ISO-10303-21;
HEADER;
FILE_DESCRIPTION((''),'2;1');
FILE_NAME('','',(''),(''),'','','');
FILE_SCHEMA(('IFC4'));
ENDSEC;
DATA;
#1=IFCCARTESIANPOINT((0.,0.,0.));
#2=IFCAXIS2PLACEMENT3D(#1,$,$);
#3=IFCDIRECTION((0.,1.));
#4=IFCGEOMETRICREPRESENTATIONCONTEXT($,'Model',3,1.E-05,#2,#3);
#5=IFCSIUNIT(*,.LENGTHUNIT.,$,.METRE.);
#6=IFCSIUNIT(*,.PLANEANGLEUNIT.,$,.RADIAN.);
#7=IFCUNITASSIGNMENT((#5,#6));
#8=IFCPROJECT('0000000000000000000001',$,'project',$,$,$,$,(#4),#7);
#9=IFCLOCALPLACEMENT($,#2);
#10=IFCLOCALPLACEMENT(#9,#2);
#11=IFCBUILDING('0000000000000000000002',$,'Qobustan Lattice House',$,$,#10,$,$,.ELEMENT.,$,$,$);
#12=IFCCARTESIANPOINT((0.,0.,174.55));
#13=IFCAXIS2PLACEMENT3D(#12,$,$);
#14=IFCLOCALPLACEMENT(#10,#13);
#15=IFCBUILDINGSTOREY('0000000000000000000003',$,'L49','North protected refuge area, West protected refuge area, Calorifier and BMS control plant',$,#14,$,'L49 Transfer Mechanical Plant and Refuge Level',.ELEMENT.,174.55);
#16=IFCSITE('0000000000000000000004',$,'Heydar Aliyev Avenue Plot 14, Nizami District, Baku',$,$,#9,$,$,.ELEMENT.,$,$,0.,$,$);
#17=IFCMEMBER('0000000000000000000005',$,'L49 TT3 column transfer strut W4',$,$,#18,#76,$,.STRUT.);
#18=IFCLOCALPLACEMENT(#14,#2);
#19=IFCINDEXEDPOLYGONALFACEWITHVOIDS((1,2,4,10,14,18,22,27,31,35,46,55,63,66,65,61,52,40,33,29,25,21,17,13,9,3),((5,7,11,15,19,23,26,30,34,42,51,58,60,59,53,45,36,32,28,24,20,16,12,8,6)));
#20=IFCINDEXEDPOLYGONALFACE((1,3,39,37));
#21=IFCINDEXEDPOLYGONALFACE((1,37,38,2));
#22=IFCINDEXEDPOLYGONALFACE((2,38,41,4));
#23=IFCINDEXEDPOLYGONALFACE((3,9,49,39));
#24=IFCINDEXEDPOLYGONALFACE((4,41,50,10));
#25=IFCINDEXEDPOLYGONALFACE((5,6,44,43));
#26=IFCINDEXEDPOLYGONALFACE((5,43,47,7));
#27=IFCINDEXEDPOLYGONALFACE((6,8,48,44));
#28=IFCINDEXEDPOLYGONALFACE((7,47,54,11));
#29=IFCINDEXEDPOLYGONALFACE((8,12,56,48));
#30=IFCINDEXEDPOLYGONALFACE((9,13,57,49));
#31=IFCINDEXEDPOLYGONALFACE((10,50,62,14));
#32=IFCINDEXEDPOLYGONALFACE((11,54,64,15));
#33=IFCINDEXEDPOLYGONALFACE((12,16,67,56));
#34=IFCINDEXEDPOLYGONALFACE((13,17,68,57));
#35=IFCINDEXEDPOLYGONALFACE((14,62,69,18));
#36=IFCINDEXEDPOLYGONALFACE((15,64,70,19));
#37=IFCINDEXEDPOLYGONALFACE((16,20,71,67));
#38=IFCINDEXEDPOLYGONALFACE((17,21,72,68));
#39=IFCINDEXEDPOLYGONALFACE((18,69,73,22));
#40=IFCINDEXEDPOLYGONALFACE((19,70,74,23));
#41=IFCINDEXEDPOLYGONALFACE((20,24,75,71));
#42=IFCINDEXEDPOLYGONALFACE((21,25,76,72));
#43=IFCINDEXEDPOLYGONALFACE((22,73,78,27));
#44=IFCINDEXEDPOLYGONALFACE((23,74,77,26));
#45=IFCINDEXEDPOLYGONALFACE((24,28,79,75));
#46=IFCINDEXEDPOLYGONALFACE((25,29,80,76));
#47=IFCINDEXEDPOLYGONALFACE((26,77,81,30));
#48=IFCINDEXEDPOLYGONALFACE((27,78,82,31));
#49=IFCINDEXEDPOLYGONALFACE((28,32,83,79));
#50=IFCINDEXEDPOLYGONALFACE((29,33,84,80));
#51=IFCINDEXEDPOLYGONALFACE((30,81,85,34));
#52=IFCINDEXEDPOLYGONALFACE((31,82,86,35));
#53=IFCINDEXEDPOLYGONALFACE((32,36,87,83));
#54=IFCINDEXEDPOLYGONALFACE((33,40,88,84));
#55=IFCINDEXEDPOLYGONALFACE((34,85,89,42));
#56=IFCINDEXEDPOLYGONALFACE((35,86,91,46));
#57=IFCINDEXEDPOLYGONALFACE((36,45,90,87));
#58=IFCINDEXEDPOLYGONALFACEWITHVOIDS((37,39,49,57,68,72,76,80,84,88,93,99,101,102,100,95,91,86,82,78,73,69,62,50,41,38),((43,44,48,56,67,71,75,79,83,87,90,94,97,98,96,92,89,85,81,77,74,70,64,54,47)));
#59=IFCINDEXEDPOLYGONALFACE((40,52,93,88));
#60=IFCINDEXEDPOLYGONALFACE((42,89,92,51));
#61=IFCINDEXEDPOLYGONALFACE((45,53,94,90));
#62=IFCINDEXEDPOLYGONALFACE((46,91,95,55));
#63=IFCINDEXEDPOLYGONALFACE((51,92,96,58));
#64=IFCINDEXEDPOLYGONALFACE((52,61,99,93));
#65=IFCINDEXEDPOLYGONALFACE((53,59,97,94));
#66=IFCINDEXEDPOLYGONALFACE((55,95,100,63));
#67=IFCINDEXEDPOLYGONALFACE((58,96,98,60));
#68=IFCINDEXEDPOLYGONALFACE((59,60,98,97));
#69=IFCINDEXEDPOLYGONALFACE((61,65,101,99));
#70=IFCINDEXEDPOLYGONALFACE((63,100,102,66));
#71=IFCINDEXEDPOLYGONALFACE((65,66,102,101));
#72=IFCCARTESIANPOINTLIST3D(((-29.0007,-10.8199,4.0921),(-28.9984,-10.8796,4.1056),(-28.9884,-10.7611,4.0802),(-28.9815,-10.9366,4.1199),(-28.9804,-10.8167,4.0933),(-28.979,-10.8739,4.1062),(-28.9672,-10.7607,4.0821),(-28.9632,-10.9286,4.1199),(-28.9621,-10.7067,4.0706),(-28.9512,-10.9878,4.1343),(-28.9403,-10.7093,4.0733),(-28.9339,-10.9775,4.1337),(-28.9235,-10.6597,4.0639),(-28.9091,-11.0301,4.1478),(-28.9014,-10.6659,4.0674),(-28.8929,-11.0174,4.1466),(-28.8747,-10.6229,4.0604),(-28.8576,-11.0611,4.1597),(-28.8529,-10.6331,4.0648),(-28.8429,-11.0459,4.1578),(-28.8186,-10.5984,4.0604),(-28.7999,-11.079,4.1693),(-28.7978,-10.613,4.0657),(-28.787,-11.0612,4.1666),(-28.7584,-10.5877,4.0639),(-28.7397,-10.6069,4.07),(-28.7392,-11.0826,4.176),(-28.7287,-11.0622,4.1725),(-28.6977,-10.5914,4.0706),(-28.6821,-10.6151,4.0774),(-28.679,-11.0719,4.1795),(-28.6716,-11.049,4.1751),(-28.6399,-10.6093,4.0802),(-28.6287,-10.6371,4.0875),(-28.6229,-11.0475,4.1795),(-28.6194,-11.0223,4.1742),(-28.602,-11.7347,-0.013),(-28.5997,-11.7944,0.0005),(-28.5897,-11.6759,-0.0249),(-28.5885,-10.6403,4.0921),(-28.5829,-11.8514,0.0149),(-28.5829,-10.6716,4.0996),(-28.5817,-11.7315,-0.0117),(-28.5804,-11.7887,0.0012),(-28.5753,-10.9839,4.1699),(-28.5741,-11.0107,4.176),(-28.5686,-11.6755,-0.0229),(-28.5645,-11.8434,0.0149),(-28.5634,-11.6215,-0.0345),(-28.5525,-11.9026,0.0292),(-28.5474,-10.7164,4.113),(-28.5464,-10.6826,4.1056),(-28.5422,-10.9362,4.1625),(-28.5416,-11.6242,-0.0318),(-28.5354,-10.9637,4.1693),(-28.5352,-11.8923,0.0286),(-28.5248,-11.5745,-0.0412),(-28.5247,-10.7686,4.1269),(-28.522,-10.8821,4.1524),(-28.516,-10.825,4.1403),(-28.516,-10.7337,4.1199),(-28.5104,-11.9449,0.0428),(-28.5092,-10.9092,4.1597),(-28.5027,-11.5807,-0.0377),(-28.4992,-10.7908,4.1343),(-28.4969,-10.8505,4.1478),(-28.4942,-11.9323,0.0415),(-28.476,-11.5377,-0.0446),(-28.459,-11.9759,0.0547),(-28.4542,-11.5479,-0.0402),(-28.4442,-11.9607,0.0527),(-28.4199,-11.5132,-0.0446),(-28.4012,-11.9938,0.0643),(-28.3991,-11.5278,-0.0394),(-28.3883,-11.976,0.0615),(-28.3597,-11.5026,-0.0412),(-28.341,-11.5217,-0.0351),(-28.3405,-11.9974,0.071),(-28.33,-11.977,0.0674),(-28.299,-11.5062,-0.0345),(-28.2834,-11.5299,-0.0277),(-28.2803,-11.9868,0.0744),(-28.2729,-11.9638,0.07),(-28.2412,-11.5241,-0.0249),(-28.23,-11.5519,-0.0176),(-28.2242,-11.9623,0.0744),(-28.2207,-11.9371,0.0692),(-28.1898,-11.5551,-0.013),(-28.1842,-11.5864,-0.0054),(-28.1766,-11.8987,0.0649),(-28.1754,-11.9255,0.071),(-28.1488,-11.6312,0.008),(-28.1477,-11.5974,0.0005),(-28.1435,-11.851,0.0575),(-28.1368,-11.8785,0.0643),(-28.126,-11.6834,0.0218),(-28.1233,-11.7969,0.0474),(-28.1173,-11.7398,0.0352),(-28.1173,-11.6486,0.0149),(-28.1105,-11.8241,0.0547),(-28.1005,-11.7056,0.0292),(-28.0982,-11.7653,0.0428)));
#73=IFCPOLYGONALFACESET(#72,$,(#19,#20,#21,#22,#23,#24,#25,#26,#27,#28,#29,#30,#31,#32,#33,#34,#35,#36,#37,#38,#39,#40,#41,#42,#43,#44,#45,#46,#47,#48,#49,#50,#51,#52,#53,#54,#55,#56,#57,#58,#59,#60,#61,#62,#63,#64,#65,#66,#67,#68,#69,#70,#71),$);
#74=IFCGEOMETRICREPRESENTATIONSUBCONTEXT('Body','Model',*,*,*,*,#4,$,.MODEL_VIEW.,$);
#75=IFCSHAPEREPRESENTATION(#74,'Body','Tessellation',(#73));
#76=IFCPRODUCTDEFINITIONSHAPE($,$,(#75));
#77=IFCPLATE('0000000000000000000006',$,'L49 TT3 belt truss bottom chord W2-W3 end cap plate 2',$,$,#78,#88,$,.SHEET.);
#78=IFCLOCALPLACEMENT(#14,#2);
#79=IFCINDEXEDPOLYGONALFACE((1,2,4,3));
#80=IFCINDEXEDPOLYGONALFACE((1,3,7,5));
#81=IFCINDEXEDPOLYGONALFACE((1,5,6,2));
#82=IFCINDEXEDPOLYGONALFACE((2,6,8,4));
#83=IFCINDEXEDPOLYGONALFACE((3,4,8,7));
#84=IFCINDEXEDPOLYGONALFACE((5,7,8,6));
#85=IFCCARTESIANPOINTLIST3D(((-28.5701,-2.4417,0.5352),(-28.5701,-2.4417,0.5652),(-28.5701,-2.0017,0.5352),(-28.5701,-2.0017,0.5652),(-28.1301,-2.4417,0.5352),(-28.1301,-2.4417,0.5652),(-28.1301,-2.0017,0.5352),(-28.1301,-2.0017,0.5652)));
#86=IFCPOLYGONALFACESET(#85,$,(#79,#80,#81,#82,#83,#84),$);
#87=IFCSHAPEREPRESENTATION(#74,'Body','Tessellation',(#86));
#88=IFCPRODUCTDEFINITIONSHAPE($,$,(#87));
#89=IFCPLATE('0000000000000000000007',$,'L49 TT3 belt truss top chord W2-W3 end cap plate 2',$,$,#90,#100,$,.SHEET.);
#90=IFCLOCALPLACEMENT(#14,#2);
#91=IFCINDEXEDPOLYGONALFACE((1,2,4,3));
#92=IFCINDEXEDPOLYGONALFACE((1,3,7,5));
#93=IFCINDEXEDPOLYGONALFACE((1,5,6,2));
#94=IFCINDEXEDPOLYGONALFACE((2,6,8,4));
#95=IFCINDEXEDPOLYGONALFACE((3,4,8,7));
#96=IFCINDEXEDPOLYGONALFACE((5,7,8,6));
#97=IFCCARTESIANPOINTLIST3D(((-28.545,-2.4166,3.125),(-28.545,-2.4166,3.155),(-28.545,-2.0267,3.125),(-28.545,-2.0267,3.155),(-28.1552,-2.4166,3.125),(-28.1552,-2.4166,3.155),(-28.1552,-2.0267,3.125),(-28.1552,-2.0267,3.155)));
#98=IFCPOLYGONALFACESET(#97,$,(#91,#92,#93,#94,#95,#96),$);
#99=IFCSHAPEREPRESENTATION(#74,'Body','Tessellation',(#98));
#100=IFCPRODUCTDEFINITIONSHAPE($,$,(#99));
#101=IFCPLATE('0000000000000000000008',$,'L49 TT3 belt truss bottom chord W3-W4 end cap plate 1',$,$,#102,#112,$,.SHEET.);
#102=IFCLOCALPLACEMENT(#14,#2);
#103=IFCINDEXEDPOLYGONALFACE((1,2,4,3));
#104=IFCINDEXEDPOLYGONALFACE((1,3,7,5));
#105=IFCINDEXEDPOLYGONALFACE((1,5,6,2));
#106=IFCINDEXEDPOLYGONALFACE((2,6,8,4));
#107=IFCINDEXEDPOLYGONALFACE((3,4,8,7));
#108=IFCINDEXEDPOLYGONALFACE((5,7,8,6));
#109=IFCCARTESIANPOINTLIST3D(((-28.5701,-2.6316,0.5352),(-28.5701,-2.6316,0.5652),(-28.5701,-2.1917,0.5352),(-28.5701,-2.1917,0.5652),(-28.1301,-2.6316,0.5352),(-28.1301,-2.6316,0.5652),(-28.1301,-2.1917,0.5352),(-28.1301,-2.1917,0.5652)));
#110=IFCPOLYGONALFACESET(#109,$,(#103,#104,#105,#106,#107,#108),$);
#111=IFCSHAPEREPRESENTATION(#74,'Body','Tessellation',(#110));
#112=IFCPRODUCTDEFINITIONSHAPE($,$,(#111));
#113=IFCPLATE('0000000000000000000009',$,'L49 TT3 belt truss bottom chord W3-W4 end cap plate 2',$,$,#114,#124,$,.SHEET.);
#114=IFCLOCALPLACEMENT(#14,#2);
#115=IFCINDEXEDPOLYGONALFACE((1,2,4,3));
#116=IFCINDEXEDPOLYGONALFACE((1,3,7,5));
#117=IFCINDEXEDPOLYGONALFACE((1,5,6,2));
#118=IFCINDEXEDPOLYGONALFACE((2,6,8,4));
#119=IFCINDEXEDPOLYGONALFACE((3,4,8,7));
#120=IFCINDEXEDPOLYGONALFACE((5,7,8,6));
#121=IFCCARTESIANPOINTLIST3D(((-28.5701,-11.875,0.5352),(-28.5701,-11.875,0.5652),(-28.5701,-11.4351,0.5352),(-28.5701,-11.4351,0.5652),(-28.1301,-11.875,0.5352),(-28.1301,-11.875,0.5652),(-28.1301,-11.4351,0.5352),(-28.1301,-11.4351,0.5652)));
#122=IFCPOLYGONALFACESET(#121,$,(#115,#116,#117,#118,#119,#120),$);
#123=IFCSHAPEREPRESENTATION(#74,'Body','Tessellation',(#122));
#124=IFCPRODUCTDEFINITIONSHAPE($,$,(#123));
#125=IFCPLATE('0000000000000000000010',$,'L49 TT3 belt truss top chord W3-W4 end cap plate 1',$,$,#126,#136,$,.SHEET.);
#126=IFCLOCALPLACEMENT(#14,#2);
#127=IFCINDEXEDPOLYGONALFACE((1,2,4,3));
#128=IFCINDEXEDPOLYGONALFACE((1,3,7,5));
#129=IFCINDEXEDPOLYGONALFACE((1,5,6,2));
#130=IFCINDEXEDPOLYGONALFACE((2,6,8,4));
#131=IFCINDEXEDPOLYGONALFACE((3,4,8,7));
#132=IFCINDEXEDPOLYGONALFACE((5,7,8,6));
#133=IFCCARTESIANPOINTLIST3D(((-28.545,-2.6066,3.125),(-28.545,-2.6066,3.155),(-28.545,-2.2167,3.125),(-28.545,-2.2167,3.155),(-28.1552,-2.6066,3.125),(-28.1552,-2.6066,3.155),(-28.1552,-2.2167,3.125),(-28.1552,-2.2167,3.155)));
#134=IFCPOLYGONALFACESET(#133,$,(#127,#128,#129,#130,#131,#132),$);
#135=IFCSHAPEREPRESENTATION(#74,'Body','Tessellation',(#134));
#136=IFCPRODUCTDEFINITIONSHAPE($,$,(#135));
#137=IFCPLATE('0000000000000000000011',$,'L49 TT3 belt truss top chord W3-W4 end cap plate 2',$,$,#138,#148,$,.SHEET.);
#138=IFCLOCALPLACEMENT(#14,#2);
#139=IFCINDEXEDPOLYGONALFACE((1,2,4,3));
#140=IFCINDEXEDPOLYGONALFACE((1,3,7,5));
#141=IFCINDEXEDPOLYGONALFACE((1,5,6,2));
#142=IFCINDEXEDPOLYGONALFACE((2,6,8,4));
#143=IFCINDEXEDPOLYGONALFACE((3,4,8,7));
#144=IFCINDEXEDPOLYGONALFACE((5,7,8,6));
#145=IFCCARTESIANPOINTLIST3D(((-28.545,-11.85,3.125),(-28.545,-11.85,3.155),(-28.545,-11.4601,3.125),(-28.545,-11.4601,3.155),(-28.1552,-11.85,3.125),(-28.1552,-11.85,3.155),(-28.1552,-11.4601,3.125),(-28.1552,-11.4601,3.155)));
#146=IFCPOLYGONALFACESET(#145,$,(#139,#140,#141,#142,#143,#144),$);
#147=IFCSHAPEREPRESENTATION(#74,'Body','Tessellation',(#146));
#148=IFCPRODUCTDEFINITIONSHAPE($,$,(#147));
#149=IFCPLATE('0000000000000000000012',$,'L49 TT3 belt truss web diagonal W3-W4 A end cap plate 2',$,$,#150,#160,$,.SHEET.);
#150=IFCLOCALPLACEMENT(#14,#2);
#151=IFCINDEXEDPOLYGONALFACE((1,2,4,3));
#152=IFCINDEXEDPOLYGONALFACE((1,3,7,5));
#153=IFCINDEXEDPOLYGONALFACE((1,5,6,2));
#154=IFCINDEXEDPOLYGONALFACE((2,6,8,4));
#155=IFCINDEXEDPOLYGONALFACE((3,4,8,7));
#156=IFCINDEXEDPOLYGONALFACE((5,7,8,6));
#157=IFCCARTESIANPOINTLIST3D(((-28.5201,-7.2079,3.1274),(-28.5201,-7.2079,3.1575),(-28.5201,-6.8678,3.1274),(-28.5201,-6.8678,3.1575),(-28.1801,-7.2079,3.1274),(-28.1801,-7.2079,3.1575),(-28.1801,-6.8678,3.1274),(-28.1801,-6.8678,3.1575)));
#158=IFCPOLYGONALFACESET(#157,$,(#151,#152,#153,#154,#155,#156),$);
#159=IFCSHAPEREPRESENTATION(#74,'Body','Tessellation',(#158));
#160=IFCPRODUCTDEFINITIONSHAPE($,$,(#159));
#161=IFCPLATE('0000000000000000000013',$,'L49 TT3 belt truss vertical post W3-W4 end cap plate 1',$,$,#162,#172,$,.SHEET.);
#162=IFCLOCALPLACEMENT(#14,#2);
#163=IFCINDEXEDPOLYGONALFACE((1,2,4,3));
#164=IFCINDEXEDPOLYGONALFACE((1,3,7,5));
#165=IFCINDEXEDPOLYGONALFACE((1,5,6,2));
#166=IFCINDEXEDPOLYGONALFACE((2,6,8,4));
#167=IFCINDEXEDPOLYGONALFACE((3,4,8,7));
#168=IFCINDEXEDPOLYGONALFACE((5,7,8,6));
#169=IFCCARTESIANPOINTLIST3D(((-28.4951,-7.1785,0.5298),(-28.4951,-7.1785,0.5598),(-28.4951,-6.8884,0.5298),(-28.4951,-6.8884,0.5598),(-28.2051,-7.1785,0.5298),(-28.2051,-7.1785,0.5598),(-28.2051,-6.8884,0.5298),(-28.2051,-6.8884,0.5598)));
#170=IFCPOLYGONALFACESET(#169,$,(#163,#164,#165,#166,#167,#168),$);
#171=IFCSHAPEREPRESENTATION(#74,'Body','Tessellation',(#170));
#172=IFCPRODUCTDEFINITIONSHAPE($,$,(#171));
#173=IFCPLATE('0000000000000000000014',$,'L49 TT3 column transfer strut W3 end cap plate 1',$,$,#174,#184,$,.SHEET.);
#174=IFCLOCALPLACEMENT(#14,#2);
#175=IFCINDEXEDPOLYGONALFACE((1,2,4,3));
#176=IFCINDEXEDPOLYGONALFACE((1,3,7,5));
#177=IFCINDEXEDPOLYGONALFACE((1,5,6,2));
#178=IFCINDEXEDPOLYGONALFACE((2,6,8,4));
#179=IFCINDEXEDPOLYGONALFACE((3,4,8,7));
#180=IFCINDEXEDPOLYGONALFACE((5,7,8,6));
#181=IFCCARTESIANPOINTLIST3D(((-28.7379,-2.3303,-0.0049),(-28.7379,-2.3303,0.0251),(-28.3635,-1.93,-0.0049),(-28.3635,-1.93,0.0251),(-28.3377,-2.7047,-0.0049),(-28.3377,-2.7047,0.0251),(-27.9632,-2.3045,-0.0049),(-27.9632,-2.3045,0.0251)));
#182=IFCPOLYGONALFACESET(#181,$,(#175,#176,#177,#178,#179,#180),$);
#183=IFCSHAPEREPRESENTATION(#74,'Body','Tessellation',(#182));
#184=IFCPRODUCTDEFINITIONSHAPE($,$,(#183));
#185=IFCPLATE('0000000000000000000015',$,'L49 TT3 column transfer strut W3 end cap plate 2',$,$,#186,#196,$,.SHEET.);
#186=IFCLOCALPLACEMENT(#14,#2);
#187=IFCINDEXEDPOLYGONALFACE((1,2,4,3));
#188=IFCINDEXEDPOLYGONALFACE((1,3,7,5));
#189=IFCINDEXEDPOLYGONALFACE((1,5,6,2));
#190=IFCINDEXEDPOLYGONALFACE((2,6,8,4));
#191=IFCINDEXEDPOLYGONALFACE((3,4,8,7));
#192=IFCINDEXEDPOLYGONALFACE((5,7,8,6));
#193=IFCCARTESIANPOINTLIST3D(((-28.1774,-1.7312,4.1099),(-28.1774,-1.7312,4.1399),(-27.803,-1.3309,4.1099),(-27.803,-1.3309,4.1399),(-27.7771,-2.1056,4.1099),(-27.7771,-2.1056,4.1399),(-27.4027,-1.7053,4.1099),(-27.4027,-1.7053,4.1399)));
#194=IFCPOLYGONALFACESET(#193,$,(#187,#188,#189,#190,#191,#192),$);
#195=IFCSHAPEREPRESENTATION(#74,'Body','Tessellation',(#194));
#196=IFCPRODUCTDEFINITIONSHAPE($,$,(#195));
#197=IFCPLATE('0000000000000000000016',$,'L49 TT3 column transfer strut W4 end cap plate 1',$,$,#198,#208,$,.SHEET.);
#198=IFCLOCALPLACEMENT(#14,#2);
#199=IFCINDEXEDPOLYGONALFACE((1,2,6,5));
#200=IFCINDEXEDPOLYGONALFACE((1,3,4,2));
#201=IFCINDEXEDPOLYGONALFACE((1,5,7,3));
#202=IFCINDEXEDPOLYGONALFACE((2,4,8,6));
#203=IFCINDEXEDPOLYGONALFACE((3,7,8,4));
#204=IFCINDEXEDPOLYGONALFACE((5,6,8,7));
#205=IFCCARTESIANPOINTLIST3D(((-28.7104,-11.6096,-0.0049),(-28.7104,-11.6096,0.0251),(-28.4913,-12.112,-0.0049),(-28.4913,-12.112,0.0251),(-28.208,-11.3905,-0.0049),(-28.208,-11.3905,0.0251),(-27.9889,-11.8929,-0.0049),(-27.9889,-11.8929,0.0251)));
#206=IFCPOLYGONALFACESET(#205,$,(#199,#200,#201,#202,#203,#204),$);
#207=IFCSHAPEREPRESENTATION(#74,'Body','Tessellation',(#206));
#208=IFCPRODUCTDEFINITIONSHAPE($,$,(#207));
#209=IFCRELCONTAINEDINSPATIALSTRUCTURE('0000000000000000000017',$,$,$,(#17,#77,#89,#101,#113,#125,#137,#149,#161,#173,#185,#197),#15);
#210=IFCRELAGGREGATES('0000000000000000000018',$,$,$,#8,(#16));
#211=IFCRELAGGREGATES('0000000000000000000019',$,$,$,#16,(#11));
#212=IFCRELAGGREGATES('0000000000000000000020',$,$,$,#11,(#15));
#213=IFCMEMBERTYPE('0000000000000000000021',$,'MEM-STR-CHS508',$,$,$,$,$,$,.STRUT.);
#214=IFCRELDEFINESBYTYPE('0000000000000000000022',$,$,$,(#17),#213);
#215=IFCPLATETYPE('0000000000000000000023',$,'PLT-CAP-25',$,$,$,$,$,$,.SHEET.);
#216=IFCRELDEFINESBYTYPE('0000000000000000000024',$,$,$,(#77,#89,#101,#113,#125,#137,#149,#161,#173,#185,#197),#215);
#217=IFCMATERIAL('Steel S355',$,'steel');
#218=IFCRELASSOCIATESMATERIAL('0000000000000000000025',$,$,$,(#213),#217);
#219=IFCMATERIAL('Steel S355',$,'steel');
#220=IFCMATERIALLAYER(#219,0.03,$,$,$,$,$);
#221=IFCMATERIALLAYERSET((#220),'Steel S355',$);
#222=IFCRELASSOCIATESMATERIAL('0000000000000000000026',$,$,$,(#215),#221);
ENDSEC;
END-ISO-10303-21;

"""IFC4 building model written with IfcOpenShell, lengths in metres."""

from ifc_helpers import new_model, si_unit, direction, frame, origin, origin_2d, place, context, subcontext, project, spatial, rectangle, hollow_circle, extrude, material, layer, layer_set, material_profile, profile_set, type_object, element, save


model = new_model("IFC4")

# Units and contexts
model_context = context("Model", 3, precision=1e-05, world=origin(), true_north=direction((0.0, 1.0)))
body_context = subcontext(model_context, "Body", "Model", "MODEL_VIEW")
ifc_project = project(units=[si_unit("LENGTHUNIT", "METRE"), si_unit("PLANEANGLEUNIT", "RADIAN")], contexts=[model_context])

# Site, building, storey
site_placement = place(None, origin())
site = spatial("IfcSite", under=ifc_project, at=site_placement, Name="Heydar Aliyev Avenue Plot 14, Nizami District, Baku", CompositionType="ELEMENT", RefElevation=0.0)
building_placement = place(site_placement, origin())
building = spatial("IfcBuilding", under=site, at=building_placement, Name="Qobustan Lattice House", CompositionType="ELEMENT")
storey_placement = place(building_placement, frame((0.0, 0.0, 174.55)))
storey = spatial("IfcBuildingStorey", under=building, at=storey_placement, Name="L49", Description="North protected refuge area, West protected refuge area, Calorifier and BMS control plant", LongName="L49 Transfer Mechanical Plant and Refuge Level", CompositionType="ELEMENT", Elevation=174.55)

# Member
ifc_material_1 = material(Name="Steel S355", Category="steel")
ifc_material_profile_1 = material_profile(ifc_material_1, hollow_circle(Radius=0.2539, WallThickness=0.02, at=origin_2d()), Name="CHS508x20")
ifc_profile_set_1 = profile_set([ifc_material_profile_1], Name="Steel S355")
member_type_1 = type_object("IfcMemberType", Name="MEM-STR-CHS508", PredefinedType="STRUT", material=ifc_profile_set_1)
member_1_placement = place(storey_placement, frame((-28.3501, -11.75, 0.0149), z_axis=(-0.094373, 0.216544, 0.971701), x_axis=(-0.916724, -0.399522, 0.0)))
element("IfcMember", 1, at=member_1_placement, inside=storey, type_object=member_type_1, Name="L49 TT3 column transfer strut W4", PredefinedType="STRUT", context=body_context, shape_type="SweptSolid", body=[
    extrude(hollow_circle(Radius=0.2539, WallThickness=0.02, at=origin_2d()), origin(), (0.0, 0.0, 1.0), 4.2246),
])

# Plates
ifc_material_2 = material(Name="Steel S355", Category="steel")
ifc_layer_1 = layer(ifc_material_2, 0.03)
ifc_layer_set_1 = layer_set([ifc_layer_1], Name="Steel S355")
plate_type = type_object("IfcPlateType", Name="PLT-CAP-25", PredefinedType="SHEET", material=ifc_layer_set_1)
plate_1_placement = place(storey_placement, frame((-28.3501, -2.2217, 0.5352), z_axis=(0.0, 0.0, 1.0), x_axis=(0.0, -1.0, 0.0)))
element("IfcPlate", 2, at=plate_1_placement, inside=storey, type_object=plate_type, Name="L49 TT3 belt truss bottom chord W2-W3 end cap plate 2", PredefinedType="SHEET", context=body_context, shape_type="SweptSolid", body=[
    extrude(rectangle(XDim=0.4399, YDim=0.4399, at=origin_2d()), origin(), (0.0, 0.0, 1.0), 0.03),
])
plate_2_placement = place(storey_placement, frame((-28.3501, -2.2217, 3.125), z_axis=(0.0, 0.0, 1.0), x_axis=(0.0, -1.0, 0.0)))
element("IfcPlate", 3, at=plate_2_placement, inside=storey, type_object=plate_type, Name="L49 TT3 belt truss top chord W2-W3 end cap plate 2", PredefinedType="SHEET", context=body_context, shape_type="SweptSolid", body=[
    extrude(rectangle(XDim=0.3899, YDim=0.3899, at=origin_2d()), origin(), (0.0, 0.0, 1.0), 0.03),
])
for number, where, z_axis, x_axis, name in (
    (4, (-28.3501, -2.4116, 0.5352), (0.0, 0.0, 1.0), (0.0, -1.0, 0.0), "L49 TT3 belt truss bottom chord W3-W4 end cap plate 1"),
    (5, (-28.3501, -11.655, 0.5352), (0.0, 0.0, 1.0), (0.0, -1.0, 0.0), "L49 TT3 belt truss bottom chord W3-W4 end cap plate 2"),
):
    element("IfcPlate", number, at=place(storey_placement, frame(where, z_axis=z_axis, x_axis=x_axis)), inside=storey, type_object=plate_type, Name=name, PredefinedType="SHEET", context=body_context, shape_type="SweptSolid", body=[
        extrude(rectangle(XDim=0.4399, YDim=0.4399, at=origin_2d()), origin(), (0.0, 0.0, 1.0), 0.03),
    ])
for number, where, z_axis, x_axis, name in (
    (6, (-28.3501, -2.4116, 3.125), (0.0, 0.0, 1.0), (0.0, -1.0, 0.0), "L49 TT3 belt truss top chord W3-W4 end cap plate 1"),
    (7, (-28.3501, -11.655, 3.125), (0.0, 0.0, 1.0), (0.0, -1.0, 0.0), "L49 TT3 belt truss top chord W3-W4 end cap plate 2"),
):
    element("IfcPlate", number, at=place(storey_placement, frame(where, z_axis=z_axis, x_axis=x_axis)), inside=storey, type_object=plate_type, Name=name, PredefinedType="SHEET", context=body_context, shape_type="SweptSolid", body=[
        extrude(rectangle(XDim=0.3899, YDim=0.3899, at=origin_2d()), origin(), (0.0, 0.0, 1.0), 0.03),
    ])
plate_3_placement = place(storey_placement, frame((-28.3501, -7.0378, 3.1274), z_axis=(0.0, 0.0, 1.0), x_axis=(0.0, -1.0, 0.0)))
element("IfcPlate", 8, at=plate_3_placement, inside=storey, type_object=plate_type, Name="L49 TT3 belt truss web diagonal W3-W4 A end cap plate 2", PredefinedType="SHEET", context=body_context, shape_type="SweptSolid", body=[
    extrude(rectangle(XDim=0.3401, YDim=0.3401, at=origin_2d()), origin(), (0.0, 0.0, 1.0), 0.03),
])
plate_4_placement = place(storey_placement, frame((-28.3501, -7.0334, 0.5298), z_axis=(0.0, 0.0, 1.0), x_axis=(1.0, 0.0, 0.0)))
element("IfcPlate", 9, at=plate_4_placement, inside=storey, type_object=plate_type, Name="L49 TT3 belt truss vertical post W3-W4 end cap plate 1", PredefinedType="SHEET", context=body_context, shape_type="SweptSolid", body=[
    extrude(rectangle(XDim=0.29, YDim=0.29, at=origin_2d()), origin(), (0.0, 0.0, 1.0), 0.03),
])
for number, where, z_axis, x_axis, name in (
    (10, (-28.3506, -2.3174, -0.0049), (0.0, 0.0, 1.0), (0.683134, 0.730293, 0.0), "L49 TT3 column transfer strut W3 end cap plate 1"),
    (11, (-27.79, -1.7183, 4.1099), (0.0, 0.0, 1.0), (0.683134, 0.730293, 0.0), "L49 TT3 column transfer strut W3 end cap plate 2"),
    (12, (-28.3496, -11.7512, -0.0049), (0.0, 0.0, 1.0), (-0.399741, 0.916628, 0.0), "L49 TT3 column transfer strut W4 end cap plate 1"),
):
    element("IfcPlate", number, at=place(storey_placement, frame(where, z_axis=z_axis, x_axis=x_axis)), inside=storey, type_object=plate_type, Name=name, PredefinedType="SHEET", context=body_context, shape_type="SweptSolid", body=[
        extrude(rectangle(XDim=0.5481, YDim=0.5481, at=origin_2d()), origin(), (0.0, 0.0, 1.0), 0.03),
    ])

save(model, "model.ifc")
